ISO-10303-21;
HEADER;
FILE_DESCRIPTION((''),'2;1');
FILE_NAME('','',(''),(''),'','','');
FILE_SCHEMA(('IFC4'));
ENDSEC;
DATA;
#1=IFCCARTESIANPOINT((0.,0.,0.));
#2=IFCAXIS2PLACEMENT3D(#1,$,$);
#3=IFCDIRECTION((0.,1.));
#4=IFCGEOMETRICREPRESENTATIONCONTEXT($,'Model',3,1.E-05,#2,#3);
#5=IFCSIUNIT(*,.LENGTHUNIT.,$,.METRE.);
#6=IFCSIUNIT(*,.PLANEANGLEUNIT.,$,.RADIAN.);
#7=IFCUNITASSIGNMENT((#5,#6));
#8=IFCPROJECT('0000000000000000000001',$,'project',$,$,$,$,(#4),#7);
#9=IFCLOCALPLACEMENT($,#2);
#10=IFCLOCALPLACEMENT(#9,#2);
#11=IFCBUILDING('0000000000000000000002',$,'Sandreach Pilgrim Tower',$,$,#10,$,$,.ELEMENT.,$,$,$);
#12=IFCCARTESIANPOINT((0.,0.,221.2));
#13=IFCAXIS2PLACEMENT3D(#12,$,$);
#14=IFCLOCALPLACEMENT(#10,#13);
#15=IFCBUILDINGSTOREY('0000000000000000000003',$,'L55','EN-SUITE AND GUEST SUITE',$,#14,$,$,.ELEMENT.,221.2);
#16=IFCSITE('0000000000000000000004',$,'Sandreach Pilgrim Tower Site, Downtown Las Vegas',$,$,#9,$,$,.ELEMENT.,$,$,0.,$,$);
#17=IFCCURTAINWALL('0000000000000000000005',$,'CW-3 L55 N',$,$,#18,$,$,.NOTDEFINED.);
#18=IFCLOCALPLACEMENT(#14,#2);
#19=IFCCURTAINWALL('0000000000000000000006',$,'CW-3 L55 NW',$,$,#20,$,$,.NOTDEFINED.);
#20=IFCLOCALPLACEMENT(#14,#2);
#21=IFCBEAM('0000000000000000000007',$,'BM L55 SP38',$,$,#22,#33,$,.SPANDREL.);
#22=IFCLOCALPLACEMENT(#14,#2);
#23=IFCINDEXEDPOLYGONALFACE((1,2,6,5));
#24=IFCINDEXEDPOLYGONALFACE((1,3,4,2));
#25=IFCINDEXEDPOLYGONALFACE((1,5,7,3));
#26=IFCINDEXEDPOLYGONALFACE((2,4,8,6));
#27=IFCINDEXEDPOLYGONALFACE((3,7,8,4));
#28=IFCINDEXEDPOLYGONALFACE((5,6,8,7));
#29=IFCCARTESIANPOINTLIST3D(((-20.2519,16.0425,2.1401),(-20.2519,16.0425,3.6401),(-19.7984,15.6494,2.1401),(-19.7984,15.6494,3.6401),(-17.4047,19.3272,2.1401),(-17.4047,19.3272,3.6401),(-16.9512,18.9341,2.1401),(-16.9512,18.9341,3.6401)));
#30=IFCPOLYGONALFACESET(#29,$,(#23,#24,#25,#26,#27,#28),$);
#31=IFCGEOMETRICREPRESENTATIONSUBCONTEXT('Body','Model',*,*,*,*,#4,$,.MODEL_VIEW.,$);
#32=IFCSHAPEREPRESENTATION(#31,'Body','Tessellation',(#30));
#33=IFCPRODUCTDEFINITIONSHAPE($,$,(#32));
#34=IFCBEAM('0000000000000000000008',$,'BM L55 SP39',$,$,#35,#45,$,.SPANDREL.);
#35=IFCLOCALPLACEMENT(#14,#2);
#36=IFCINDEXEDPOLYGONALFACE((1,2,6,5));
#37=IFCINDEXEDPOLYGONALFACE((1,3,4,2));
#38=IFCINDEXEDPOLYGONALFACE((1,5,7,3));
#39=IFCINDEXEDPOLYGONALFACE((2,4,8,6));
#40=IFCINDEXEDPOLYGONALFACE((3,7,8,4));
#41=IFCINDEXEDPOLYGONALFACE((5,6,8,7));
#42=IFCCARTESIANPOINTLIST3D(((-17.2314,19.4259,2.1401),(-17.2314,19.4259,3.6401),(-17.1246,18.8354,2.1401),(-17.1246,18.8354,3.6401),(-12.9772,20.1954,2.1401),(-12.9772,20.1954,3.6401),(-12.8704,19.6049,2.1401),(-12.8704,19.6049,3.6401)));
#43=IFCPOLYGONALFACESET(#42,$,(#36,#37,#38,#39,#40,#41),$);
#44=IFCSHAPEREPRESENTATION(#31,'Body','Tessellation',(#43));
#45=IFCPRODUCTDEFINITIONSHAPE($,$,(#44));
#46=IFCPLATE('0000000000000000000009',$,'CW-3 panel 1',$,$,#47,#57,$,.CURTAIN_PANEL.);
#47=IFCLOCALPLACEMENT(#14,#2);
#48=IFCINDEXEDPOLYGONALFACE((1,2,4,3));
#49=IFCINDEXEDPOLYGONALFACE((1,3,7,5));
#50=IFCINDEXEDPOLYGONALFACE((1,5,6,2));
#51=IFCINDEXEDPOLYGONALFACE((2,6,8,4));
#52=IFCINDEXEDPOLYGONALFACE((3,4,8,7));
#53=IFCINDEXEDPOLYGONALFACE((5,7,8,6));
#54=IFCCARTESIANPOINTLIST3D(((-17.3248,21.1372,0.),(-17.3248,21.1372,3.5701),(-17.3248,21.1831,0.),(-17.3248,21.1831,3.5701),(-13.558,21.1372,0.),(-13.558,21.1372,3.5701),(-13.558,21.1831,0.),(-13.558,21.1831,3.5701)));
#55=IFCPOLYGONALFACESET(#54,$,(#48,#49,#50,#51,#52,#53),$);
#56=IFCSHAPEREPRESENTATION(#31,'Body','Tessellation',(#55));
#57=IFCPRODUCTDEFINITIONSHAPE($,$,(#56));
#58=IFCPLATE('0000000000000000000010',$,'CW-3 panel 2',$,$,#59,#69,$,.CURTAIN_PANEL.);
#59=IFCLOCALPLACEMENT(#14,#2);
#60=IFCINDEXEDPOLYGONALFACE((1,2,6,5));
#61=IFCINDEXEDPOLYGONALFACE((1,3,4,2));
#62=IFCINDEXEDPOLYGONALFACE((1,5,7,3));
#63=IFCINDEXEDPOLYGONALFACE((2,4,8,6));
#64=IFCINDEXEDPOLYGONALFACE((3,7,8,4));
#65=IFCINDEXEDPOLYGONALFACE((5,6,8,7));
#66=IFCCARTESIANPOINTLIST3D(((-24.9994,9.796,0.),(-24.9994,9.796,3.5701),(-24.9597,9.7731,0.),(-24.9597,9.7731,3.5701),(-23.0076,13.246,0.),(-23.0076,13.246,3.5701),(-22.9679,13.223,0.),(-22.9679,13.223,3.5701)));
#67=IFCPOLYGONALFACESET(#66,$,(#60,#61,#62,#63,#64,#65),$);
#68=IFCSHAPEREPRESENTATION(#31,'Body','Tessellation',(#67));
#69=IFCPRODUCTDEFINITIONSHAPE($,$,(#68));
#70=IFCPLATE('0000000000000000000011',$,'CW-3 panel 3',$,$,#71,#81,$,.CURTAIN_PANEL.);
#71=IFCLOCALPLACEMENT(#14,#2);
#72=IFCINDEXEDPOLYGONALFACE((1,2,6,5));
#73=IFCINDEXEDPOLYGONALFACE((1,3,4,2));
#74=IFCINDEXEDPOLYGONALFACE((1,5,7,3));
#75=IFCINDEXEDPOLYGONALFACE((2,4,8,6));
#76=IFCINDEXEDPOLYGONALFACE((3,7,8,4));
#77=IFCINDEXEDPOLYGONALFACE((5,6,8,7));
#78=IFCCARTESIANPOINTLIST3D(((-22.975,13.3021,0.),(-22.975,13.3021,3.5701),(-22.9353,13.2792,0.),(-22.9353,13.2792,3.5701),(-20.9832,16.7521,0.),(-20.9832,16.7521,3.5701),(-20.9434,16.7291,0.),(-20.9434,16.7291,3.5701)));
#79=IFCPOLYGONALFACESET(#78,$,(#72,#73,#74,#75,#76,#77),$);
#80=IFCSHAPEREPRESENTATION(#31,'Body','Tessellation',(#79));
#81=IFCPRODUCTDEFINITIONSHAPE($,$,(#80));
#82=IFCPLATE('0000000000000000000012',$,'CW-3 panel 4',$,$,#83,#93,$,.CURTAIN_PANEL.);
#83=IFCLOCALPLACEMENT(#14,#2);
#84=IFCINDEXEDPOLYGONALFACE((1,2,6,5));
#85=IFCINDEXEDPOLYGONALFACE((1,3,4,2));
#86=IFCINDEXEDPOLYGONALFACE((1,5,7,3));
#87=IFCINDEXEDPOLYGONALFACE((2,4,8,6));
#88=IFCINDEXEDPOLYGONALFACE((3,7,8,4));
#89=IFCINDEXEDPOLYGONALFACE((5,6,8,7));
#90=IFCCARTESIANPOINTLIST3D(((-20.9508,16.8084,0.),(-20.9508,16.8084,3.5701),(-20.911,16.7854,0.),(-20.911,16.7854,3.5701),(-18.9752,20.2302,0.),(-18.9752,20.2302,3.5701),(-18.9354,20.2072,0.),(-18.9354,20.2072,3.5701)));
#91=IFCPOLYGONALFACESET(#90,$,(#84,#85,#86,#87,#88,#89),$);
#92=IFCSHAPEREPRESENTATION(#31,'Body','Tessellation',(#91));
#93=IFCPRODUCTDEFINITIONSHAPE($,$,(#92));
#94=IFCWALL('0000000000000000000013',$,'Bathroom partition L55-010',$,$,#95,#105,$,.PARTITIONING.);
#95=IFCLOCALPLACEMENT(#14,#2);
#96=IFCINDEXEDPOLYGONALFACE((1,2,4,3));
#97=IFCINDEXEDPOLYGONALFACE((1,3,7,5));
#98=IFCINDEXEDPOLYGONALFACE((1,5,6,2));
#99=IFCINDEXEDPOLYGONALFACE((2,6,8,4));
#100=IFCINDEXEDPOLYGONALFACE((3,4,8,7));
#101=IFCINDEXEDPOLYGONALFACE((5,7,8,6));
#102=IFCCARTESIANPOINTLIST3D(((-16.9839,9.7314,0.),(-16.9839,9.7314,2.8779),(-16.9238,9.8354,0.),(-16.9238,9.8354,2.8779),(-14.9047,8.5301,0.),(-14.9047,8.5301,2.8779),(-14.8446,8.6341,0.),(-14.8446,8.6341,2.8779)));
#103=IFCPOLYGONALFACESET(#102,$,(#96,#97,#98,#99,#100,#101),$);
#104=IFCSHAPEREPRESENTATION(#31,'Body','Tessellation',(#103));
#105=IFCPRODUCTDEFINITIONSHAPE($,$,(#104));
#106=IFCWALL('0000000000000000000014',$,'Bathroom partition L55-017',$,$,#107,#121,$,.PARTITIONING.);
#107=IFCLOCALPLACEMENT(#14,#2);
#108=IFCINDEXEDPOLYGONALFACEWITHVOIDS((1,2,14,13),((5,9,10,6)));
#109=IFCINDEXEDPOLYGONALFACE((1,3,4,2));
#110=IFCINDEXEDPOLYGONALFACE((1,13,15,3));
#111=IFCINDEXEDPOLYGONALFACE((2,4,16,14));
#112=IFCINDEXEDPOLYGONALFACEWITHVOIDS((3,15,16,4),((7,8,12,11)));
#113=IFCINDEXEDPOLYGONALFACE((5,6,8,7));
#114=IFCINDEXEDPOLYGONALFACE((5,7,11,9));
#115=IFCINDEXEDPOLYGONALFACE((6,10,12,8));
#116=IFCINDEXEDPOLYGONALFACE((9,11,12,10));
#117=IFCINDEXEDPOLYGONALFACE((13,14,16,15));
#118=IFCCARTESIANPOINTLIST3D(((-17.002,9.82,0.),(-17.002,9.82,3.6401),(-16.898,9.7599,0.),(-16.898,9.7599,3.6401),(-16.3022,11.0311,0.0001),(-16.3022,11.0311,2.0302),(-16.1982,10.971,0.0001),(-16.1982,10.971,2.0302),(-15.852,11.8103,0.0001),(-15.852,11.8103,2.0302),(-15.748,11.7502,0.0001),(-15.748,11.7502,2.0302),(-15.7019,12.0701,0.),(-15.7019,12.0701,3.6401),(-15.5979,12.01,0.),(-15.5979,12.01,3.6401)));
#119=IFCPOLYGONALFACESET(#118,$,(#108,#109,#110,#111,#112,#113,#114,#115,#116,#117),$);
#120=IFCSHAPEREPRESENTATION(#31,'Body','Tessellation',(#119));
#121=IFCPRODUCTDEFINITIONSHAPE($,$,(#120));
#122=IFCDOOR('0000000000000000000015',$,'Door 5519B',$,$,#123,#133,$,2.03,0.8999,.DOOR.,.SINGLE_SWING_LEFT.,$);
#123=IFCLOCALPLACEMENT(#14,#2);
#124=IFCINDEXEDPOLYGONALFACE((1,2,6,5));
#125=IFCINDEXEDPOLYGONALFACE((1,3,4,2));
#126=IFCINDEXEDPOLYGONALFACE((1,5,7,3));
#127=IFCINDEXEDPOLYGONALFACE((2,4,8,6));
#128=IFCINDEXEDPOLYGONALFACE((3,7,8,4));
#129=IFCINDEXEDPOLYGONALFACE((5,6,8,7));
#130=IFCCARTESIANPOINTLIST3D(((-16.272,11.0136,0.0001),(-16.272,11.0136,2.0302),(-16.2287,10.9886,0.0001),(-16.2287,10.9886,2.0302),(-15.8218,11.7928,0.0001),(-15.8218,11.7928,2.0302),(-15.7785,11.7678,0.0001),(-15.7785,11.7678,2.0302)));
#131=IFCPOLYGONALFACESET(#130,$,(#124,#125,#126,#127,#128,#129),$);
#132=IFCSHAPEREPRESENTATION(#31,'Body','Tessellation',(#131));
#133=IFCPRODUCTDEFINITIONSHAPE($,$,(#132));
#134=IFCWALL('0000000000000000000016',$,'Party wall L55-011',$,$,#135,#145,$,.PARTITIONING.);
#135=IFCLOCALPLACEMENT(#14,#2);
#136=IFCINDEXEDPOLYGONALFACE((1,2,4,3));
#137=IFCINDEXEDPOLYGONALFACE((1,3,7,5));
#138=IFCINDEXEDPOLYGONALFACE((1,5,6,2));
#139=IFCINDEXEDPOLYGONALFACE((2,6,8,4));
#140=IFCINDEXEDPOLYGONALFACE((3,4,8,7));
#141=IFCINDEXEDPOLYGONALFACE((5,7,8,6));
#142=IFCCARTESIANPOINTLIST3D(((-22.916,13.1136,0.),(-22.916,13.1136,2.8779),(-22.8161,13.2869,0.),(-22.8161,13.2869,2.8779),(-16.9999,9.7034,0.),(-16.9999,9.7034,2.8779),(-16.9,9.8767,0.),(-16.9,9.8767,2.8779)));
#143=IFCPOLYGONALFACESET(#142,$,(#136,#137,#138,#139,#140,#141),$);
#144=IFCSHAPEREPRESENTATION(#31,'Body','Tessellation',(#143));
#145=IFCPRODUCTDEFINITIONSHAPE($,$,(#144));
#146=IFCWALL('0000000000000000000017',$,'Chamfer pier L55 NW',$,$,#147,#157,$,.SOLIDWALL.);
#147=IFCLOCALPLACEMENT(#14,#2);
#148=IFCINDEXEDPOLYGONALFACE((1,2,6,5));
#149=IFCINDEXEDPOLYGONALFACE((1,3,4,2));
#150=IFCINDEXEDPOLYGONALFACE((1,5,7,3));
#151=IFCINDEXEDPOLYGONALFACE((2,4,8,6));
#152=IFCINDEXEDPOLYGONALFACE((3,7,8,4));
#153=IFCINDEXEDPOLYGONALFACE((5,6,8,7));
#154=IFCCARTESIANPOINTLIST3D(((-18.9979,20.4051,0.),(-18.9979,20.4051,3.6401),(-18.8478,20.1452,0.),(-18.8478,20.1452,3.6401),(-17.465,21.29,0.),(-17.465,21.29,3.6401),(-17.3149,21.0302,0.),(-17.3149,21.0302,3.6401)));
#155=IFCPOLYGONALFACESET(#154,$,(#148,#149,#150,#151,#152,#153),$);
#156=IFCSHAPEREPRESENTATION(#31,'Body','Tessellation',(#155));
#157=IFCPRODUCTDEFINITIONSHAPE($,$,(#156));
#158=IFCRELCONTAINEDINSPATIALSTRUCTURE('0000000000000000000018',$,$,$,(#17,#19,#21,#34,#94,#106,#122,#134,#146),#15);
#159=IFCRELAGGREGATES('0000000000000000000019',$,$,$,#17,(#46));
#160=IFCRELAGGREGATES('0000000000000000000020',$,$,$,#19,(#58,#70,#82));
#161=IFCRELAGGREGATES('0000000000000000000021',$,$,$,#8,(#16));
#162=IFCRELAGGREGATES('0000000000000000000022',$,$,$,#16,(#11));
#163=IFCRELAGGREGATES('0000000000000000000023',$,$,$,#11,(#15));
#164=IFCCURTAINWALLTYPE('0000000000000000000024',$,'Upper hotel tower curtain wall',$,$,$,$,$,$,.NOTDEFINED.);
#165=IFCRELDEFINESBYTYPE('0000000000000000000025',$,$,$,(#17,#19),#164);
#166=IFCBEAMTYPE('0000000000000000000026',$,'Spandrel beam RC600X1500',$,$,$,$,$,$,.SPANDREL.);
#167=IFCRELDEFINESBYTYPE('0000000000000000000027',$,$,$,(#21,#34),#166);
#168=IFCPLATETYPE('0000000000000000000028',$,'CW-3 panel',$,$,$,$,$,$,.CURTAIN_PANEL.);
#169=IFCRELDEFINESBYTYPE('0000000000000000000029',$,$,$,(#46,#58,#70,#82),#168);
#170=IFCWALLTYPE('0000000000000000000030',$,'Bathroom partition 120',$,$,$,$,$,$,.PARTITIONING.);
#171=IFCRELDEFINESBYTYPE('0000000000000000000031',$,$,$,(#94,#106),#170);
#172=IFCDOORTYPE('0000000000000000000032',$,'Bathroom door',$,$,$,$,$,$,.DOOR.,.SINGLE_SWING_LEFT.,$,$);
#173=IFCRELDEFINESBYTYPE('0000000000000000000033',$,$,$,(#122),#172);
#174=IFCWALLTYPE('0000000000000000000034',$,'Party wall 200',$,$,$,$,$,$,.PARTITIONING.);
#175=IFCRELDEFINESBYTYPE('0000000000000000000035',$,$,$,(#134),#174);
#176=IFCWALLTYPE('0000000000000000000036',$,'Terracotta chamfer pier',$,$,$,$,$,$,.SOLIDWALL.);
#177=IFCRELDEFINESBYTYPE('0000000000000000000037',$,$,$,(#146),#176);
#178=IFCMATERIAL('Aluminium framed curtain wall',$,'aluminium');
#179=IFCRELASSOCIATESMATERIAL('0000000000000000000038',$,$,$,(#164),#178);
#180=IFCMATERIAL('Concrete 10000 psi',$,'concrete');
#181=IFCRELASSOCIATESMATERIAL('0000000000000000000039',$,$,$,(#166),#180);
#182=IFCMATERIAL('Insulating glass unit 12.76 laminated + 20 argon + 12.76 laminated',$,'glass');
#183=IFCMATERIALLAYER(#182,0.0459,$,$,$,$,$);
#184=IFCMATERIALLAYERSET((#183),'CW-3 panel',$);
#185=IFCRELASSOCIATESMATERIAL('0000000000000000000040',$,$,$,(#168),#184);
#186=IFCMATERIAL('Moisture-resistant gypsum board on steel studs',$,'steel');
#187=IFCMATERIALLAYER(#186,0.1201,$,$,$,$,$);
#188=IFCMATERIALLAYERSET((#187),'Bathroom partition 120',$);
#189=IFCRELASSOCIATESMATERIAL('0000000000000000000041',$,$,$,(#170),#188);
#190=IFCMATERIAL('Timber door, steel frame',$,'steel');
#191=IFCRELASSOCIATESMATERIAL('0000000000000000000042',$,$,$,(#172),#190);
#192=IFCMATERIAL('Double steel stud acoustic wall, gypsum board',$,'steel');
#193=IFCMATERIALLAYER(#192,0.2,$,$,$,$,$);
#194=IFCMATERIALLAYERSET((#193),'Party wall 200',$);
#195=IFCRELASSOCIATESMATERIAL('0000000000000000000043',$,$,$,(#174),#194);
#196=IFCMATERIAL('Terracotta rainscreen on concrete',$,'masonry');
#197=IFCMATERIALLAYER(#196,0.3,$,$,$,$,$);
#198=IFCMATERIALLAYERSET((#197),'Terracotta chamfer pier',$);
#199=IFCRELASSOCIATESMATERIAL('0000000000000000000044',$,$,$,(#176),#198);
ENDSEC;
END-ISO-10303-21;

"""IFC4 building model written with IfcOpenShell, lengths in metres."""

from ifc_helpers import new_model, si_unit, direction, frame, frame_2d, origin, origin_2d, place, context, subcontext, project, spatial, rectangle, extrude, material, layer, layer_set, material_profile, profile_set, type_object, element, fill, aggregate, save


model = new_model("IFC4")

# Units and contexts
model_context = context("Model", 3, precision=1e-05, world=origin(), true_north=direction((0.0, 1.0)))
body_context = subcontext(model_context, "Body", "Model", "MODEL_VIEW")
ifc_project = project(units=[si_unit("LENGTHUNIT", "METRE"), si_unit("PLANEANGLEUNIT", "RADIAN")], contexts=[model_context])

# Site, building, storey
site_placement = place(None, origin())
site = spatial("IfcSite", under=ifc_project, at=site_placement, Name="Sandreach Pilgrim Tower Site, Downtown Las Vegas", CompositionType="ELEMENT", RefElevation=0.0)
building_placement = place(site_placement, origin())
building = spatial("IfcBuilding", under=site, at=building_placement, Name="Sandreach Pilgrim Tower", CompositionType="ELEMENT")
storey_placement = place(building_placement, frame((0.0, 0.0, 221.2)))
storey = spatial("IfcBuildingStorey", under=building, at=storey_placement, Name="L55", Description="EN-SUITE AND GUEST SUITE", CompositionType="ELEMENT", Elevation=221.2)

# Curtain wall
ifc_material_1 = material(Name="Aluminium framed curtain wall", Category="aluminium")
curtain_wall_type = type_object("IfcCurtainWallType", Name="Upper hotel tower curtain wall", PredefinedType="NOTDEFINED", material=ifc_material_1)
curtain_wall_1_placement = place(storey_placement, origin())
curtain_wall_1 = element("IfcCurtainWall", 1, at=curtain_wall_1_placement, inside=storey, type_object=curtain_wall_type, Name="CW-3 L55 N", PredefinedType="NOTDEFINED")

# Curtain wall
curtain_wall_2_placement = place(storey_placement, origin())
curtain_wall_2 = element("IfcCurtainWall", 2, at=curtain_wall_2_placement, inside=storey, type_object=curtain_wall_type, Name="CW-3 L55 NW", PredefinedType="NOTDEFINED")

# Beams
ifc_material_2 = material(Name="Concrete 10000 psi", Category="concrete")
ifc_material_profile_1 = material_profile(ifc_material_2, rectangle(XDim=0.6001, YDim=1.5, at=origin_2d()), Name="RC600X1500")
ifc_profile_set_1 = profile_set([ifc_material_profile_1], Name="Concrete 10000 psi")
beam_type_1 = type_object("IfcBeamType", Name="Spandrel beam RC600X1500", PredefinedType="SPANDREL", material=ifc_profile_set_1)
beam_1_placement = place(storey_placement, frame((-20.0251, 15.8459, 2.8901), z_axis=(0.65499, 0.755637, 0.0), x_axis=(-0.755637, 0.65499, 0.0)))
element("IfcBeam", 3, at=beam_1_placement, inside=storey, type_object=beam_type_1, Name="BM L55 SP38", PredefinedType="SPANDREL", context=body_context, shape_type="SweptSolid", body=[
    extrude(rectangle(XDim=0.6001, YDim=1.5, at=origin_2d()), origin(), (0.0, 0.0, 1.0), 4.3469),
])
beam_2_placement = place(storey_placement, frame((-17.178, 19.1306, 2.8901), z_axis=(0.98403, 0.178001, 0.0), x_axis=(-0.178001, 0.98403, 0.0)))
element("IfcBeam", 4, at=beam_2_placement, inside=storey, type_object=beam_type_1, Name="BM L55 SP39", PredefinedType="SPANDREL", context=body_context, shape_type="SweptSolid", body=[
    extrude(rectangle(XDim=0.6001, YDim=1.5, at=origin_2d()), origin(), (0.0, 0.0, 1.0), 4.3232),
])

# Plates
ifc_material_3 = material(Name="Insulating glass unit 12.76 laminated + 20 argon + 12.76 laminated", Category="glass")
ifc_layer_1 = layer(ifc_material_3, 0.0459)
ifc_layer_set_1 = layer_set([ifc_layer_1], Name="CW-3 panel")
plate_type = type_object("IfcPlateType", Name="CW-3 panel", PredefinedType="CURTAIN_PANEL", material=ifc_layer_set_1)
plate_1_placement = place(storey_placement, frame((-15.4414, 21.1602, 0.0), z_axis=(0.0, 0.0, 1.0), x_axis=(1.0, 0.0, 0.0)))
plate_1 = element("IfcPlate", 5, at=plate_1_placement, type_object=plate_type, Name="CW-3 panel 1", PredefinedType="CURTAIN_PANEL", context=body_context, shape_type="SweptSolid", body=[
    extrude(rectangle(XDim=3.7668, YDim=0.0459, at=origin_2d()), origin(), (0.0, 0.0, 1.0), 3.5701),
])
aggregate(curtain_wall_1, [plate_1])
plate_2_placement = place(storey_placement, frame((-23.9836, 11.5095, 0.0), z_axis=(0.0, 0.0, 1.0), x_axis=(0.5, 0.866025, 0.0)))
plate_2 = element("IfcPlate", 6, at=plate_2_placement, type_object=plate_type, Name="CW-3 panel 2", PredefinedType="CURTAIN_PANEL", context=body_context, shape_type="SweptSolid", body=[
    extrude(rectangle(XDim=3.9836, YDim=0.0459, at=origin_2d()), origin(), (0.0, 0.0, 1.0), 3.5701),
])
plate_3_placement = place(storey_placement, frame((-21.9592, 15.0156, 0.0), z_axis=(0.0, 0.0, 1.0), x_axis=(0.5, 0.866025, 0.0)))
plate_3 = element("IfcPlate", 7, at=plate_3_placement, type_object=plate_type, Name="CW-3 panel 3", PredefinedType="CURTAIN_PANEL", context=body_context, shape_type="SweptSolid", body=[
    extrude(rectangle(XDim=3.9836, YDim=0.0459, at=origin_2d()), origin(), (0.0, 0.0, 1.0), 3.5701),
])
plate_4_placement = place(storey_placement, frame((-19.9431, 18.5078, 0.0), z_axis=(0.0, 0.0, 1.0), x_axis=(0.5, 0.866025, 0.0)))
plate_4 = element("IfcPlate", 8, at=plate_4_placement, type_object=plate_type, Name="CW-3 panel 4", PredefinedType="CURTAIN_PANEL", context=body_context, shape_type="SweptSolid", body=[
    extrude(rectangle(XDim=3.9512, YDim=0.0459, at=origin_2d()), origin(), (0.0, 0.0, 1.0), 3.5701),
])
aggregate(curtain_wall_2, [plate_2, plate_3, plate_4])

# Wall
ifc_material_4 = material(Name="Moisture-resistant gypsum board on steel studs", Category="steel")
ifc_layer_2 = layer(ifc_material_4, 0.1201)
ifc_layer_set_2 = layer_set([ifc_layer_2], Name="Bathroom partition 120")
wall_type_1 = type_object("IfcWallType", Name="Bathroom partition 120", PredefinedType="PARTITIONING", material=ifc_layer_set_2)
wall_1_placement = place(storey_placement, frame((-16.9539, 9.7834, 0.0), z_axis=(0.0, 0.0, 1.0), x_axis=(0.865862, -0.500283, 0.0)))
element("IfcWall", 9, at=wall_1_placement, inside=storey, type_object=wall_type_1, Name="Bathroom partition L55-010", PredefinedType="PARTITIONING", context=body_context, shape_type="SweptSolid", body=[
    extrude(rectangle(XDim=2.4014, YDim=0.1201, at=frame_2d((1.2007, 0.0))), origin(), (0.0, 0.0, 1.0), 2.8779),
])

# Wall, opening, door
wall_2_placement = place(storey_placement, frame((-15.6499, 12.04, 0.0), z_axis=(0.0, 0.0, 1.0), x_axis=(-0.500292, -0.865857, 0.0)))
wall_2 = element("IfcWall", 10, at=wall_2_placement, inside=storey, type_object=wall_type_1, Name="Bathroom partition L55-017", PredefinedType="PARTITIONING", context=body_context, shape_type="SweptSolid", body=[
    extrude(rectangle(XDim=2.5986, YDim=0.1201, at=frame_2d((1.2993, 0.0))), origin(), (0.0, 0.0, 1.0), 3.6401),
])
opening_placement = place(wall_2_placement, frame((0.3, 0.0, 0.0)))
opening = element("IfcOpeningElement", 11, at=opening_placement, cuts=wall_2, PredefinedType="OPENING", context=body_context, shape_type="SweptSolid", body=[
    extrude(rectangle(XDim=0.8999, YDim=2.03, at=frame_2d((0.45, 1.0151))), frame((0.0, 0.0601, 0.0), z_axis=(0.0, -1.0, 0.0), x_axis=(1.0, 0.0, 0.0)), (0.0, 0.0, 1.0), 0.1201),
])
ifc_material_5 = material(Name="Timber door, steel frame", Category="steel")
door_type = type_object("IfcDoorType", Name="Bathroom door", OperationType="SINGLE_SWING_LEFT", PredefinedType="DOOR", material=ifc_material_5)
door_placement = place(opening_placement, origin())
door = element("IfcDoor", 12, at=door_placement, inside=storey, type_object=door_type, Name="Door 5519B", OperationType="SINGLE_SWING_LEFT", OverallHeight=2.03, OverallWidth=0.8999, PredefinedType="DOOR", context=body_context, shape_type="SweptSolid", body=[
    extrude(rectangle(XDim=0.8999, YDim=2.03, at=frame_2d((0.45, 1.0151))), frame((0.0, 0.0249, 0.0), z_axis=(0.0, -1.0, 0.0), x_axis=(1.0, 0.0, 0.0)), (0.0, 0.0, 1.0), 0.05),
])
fill(opening, door)

# Walls
ifc_material_6 = material(Name="Double steel stud acoustic wall, gypsum board", Category="steel")
ifc_layer_3 = layer(ifc_material_6, 0.2)
ifc_layer_set_3 = layer_set([ifc_layer_3], Name="Party wall 200")
wall_type_2 = type_object("IfcWallType", Name="Party wall 200", PredefinedType="PARTITIONING", material=ifc_layer_set_3)
wall_3_placement = place(storey_placement, frame((-16.95, 9.79, 0.0), z_axis=(0.0, 0.0, 1.0), x_axis=(-0.866371, 0.499401, 0.0)))
element("IfcWall", 13, at=wall_3_placement, inside=storey, type_object=wall_type_2, Name="Party wall L55-011", PredefinedType="PARTITIONING", context=body_context, shape_type="SweptSolid", body=[
    extrude(rectangle(XDim=6.8286, YDim=0.2, at=frame_2d((3.4143, 0.0))), origin(), (0.0, 0.0, 1.0), 2.8779),
])
ifc_material_7 = material(Name="Terracotta rainscreen on concrete", Category="masonry")
ifc_layer_4 = layer(ifc_material_7, 0.3)
ifc_layer_set_4 = layer_set([ifc_layer_4], Name="Terracotta chamfer pier")
wall_type_3 = type_object("IfcWallType", Name="Terracotta chamfer pier", PredefinedType="SOLIDWALL", material=ifc_layer_set_4)
wall_4_placement = place(storey_placement, frame((-18.9229, 20.2751, 0.0), z_axis=(0.0, 0.0, 1.0), x_axis=(0.866036, 0.499981, 0.0)))
element("IfcWall", 14, at=wall_4_placement, inside=storey, type_object=wall_type_3, Name="Chamfer pier L55 NW", PredefinedType="SOLIDWALL", context=body_context, shape_type="SweptSolid", body=[
    extrude(rectangle(XDim=1.77, YDim=0.3, at=frame_2d((0.885, 0.0))), origin(), (0.0, 0.0, 1.0), 3.6401),
])

save(model, "model.ifc")
